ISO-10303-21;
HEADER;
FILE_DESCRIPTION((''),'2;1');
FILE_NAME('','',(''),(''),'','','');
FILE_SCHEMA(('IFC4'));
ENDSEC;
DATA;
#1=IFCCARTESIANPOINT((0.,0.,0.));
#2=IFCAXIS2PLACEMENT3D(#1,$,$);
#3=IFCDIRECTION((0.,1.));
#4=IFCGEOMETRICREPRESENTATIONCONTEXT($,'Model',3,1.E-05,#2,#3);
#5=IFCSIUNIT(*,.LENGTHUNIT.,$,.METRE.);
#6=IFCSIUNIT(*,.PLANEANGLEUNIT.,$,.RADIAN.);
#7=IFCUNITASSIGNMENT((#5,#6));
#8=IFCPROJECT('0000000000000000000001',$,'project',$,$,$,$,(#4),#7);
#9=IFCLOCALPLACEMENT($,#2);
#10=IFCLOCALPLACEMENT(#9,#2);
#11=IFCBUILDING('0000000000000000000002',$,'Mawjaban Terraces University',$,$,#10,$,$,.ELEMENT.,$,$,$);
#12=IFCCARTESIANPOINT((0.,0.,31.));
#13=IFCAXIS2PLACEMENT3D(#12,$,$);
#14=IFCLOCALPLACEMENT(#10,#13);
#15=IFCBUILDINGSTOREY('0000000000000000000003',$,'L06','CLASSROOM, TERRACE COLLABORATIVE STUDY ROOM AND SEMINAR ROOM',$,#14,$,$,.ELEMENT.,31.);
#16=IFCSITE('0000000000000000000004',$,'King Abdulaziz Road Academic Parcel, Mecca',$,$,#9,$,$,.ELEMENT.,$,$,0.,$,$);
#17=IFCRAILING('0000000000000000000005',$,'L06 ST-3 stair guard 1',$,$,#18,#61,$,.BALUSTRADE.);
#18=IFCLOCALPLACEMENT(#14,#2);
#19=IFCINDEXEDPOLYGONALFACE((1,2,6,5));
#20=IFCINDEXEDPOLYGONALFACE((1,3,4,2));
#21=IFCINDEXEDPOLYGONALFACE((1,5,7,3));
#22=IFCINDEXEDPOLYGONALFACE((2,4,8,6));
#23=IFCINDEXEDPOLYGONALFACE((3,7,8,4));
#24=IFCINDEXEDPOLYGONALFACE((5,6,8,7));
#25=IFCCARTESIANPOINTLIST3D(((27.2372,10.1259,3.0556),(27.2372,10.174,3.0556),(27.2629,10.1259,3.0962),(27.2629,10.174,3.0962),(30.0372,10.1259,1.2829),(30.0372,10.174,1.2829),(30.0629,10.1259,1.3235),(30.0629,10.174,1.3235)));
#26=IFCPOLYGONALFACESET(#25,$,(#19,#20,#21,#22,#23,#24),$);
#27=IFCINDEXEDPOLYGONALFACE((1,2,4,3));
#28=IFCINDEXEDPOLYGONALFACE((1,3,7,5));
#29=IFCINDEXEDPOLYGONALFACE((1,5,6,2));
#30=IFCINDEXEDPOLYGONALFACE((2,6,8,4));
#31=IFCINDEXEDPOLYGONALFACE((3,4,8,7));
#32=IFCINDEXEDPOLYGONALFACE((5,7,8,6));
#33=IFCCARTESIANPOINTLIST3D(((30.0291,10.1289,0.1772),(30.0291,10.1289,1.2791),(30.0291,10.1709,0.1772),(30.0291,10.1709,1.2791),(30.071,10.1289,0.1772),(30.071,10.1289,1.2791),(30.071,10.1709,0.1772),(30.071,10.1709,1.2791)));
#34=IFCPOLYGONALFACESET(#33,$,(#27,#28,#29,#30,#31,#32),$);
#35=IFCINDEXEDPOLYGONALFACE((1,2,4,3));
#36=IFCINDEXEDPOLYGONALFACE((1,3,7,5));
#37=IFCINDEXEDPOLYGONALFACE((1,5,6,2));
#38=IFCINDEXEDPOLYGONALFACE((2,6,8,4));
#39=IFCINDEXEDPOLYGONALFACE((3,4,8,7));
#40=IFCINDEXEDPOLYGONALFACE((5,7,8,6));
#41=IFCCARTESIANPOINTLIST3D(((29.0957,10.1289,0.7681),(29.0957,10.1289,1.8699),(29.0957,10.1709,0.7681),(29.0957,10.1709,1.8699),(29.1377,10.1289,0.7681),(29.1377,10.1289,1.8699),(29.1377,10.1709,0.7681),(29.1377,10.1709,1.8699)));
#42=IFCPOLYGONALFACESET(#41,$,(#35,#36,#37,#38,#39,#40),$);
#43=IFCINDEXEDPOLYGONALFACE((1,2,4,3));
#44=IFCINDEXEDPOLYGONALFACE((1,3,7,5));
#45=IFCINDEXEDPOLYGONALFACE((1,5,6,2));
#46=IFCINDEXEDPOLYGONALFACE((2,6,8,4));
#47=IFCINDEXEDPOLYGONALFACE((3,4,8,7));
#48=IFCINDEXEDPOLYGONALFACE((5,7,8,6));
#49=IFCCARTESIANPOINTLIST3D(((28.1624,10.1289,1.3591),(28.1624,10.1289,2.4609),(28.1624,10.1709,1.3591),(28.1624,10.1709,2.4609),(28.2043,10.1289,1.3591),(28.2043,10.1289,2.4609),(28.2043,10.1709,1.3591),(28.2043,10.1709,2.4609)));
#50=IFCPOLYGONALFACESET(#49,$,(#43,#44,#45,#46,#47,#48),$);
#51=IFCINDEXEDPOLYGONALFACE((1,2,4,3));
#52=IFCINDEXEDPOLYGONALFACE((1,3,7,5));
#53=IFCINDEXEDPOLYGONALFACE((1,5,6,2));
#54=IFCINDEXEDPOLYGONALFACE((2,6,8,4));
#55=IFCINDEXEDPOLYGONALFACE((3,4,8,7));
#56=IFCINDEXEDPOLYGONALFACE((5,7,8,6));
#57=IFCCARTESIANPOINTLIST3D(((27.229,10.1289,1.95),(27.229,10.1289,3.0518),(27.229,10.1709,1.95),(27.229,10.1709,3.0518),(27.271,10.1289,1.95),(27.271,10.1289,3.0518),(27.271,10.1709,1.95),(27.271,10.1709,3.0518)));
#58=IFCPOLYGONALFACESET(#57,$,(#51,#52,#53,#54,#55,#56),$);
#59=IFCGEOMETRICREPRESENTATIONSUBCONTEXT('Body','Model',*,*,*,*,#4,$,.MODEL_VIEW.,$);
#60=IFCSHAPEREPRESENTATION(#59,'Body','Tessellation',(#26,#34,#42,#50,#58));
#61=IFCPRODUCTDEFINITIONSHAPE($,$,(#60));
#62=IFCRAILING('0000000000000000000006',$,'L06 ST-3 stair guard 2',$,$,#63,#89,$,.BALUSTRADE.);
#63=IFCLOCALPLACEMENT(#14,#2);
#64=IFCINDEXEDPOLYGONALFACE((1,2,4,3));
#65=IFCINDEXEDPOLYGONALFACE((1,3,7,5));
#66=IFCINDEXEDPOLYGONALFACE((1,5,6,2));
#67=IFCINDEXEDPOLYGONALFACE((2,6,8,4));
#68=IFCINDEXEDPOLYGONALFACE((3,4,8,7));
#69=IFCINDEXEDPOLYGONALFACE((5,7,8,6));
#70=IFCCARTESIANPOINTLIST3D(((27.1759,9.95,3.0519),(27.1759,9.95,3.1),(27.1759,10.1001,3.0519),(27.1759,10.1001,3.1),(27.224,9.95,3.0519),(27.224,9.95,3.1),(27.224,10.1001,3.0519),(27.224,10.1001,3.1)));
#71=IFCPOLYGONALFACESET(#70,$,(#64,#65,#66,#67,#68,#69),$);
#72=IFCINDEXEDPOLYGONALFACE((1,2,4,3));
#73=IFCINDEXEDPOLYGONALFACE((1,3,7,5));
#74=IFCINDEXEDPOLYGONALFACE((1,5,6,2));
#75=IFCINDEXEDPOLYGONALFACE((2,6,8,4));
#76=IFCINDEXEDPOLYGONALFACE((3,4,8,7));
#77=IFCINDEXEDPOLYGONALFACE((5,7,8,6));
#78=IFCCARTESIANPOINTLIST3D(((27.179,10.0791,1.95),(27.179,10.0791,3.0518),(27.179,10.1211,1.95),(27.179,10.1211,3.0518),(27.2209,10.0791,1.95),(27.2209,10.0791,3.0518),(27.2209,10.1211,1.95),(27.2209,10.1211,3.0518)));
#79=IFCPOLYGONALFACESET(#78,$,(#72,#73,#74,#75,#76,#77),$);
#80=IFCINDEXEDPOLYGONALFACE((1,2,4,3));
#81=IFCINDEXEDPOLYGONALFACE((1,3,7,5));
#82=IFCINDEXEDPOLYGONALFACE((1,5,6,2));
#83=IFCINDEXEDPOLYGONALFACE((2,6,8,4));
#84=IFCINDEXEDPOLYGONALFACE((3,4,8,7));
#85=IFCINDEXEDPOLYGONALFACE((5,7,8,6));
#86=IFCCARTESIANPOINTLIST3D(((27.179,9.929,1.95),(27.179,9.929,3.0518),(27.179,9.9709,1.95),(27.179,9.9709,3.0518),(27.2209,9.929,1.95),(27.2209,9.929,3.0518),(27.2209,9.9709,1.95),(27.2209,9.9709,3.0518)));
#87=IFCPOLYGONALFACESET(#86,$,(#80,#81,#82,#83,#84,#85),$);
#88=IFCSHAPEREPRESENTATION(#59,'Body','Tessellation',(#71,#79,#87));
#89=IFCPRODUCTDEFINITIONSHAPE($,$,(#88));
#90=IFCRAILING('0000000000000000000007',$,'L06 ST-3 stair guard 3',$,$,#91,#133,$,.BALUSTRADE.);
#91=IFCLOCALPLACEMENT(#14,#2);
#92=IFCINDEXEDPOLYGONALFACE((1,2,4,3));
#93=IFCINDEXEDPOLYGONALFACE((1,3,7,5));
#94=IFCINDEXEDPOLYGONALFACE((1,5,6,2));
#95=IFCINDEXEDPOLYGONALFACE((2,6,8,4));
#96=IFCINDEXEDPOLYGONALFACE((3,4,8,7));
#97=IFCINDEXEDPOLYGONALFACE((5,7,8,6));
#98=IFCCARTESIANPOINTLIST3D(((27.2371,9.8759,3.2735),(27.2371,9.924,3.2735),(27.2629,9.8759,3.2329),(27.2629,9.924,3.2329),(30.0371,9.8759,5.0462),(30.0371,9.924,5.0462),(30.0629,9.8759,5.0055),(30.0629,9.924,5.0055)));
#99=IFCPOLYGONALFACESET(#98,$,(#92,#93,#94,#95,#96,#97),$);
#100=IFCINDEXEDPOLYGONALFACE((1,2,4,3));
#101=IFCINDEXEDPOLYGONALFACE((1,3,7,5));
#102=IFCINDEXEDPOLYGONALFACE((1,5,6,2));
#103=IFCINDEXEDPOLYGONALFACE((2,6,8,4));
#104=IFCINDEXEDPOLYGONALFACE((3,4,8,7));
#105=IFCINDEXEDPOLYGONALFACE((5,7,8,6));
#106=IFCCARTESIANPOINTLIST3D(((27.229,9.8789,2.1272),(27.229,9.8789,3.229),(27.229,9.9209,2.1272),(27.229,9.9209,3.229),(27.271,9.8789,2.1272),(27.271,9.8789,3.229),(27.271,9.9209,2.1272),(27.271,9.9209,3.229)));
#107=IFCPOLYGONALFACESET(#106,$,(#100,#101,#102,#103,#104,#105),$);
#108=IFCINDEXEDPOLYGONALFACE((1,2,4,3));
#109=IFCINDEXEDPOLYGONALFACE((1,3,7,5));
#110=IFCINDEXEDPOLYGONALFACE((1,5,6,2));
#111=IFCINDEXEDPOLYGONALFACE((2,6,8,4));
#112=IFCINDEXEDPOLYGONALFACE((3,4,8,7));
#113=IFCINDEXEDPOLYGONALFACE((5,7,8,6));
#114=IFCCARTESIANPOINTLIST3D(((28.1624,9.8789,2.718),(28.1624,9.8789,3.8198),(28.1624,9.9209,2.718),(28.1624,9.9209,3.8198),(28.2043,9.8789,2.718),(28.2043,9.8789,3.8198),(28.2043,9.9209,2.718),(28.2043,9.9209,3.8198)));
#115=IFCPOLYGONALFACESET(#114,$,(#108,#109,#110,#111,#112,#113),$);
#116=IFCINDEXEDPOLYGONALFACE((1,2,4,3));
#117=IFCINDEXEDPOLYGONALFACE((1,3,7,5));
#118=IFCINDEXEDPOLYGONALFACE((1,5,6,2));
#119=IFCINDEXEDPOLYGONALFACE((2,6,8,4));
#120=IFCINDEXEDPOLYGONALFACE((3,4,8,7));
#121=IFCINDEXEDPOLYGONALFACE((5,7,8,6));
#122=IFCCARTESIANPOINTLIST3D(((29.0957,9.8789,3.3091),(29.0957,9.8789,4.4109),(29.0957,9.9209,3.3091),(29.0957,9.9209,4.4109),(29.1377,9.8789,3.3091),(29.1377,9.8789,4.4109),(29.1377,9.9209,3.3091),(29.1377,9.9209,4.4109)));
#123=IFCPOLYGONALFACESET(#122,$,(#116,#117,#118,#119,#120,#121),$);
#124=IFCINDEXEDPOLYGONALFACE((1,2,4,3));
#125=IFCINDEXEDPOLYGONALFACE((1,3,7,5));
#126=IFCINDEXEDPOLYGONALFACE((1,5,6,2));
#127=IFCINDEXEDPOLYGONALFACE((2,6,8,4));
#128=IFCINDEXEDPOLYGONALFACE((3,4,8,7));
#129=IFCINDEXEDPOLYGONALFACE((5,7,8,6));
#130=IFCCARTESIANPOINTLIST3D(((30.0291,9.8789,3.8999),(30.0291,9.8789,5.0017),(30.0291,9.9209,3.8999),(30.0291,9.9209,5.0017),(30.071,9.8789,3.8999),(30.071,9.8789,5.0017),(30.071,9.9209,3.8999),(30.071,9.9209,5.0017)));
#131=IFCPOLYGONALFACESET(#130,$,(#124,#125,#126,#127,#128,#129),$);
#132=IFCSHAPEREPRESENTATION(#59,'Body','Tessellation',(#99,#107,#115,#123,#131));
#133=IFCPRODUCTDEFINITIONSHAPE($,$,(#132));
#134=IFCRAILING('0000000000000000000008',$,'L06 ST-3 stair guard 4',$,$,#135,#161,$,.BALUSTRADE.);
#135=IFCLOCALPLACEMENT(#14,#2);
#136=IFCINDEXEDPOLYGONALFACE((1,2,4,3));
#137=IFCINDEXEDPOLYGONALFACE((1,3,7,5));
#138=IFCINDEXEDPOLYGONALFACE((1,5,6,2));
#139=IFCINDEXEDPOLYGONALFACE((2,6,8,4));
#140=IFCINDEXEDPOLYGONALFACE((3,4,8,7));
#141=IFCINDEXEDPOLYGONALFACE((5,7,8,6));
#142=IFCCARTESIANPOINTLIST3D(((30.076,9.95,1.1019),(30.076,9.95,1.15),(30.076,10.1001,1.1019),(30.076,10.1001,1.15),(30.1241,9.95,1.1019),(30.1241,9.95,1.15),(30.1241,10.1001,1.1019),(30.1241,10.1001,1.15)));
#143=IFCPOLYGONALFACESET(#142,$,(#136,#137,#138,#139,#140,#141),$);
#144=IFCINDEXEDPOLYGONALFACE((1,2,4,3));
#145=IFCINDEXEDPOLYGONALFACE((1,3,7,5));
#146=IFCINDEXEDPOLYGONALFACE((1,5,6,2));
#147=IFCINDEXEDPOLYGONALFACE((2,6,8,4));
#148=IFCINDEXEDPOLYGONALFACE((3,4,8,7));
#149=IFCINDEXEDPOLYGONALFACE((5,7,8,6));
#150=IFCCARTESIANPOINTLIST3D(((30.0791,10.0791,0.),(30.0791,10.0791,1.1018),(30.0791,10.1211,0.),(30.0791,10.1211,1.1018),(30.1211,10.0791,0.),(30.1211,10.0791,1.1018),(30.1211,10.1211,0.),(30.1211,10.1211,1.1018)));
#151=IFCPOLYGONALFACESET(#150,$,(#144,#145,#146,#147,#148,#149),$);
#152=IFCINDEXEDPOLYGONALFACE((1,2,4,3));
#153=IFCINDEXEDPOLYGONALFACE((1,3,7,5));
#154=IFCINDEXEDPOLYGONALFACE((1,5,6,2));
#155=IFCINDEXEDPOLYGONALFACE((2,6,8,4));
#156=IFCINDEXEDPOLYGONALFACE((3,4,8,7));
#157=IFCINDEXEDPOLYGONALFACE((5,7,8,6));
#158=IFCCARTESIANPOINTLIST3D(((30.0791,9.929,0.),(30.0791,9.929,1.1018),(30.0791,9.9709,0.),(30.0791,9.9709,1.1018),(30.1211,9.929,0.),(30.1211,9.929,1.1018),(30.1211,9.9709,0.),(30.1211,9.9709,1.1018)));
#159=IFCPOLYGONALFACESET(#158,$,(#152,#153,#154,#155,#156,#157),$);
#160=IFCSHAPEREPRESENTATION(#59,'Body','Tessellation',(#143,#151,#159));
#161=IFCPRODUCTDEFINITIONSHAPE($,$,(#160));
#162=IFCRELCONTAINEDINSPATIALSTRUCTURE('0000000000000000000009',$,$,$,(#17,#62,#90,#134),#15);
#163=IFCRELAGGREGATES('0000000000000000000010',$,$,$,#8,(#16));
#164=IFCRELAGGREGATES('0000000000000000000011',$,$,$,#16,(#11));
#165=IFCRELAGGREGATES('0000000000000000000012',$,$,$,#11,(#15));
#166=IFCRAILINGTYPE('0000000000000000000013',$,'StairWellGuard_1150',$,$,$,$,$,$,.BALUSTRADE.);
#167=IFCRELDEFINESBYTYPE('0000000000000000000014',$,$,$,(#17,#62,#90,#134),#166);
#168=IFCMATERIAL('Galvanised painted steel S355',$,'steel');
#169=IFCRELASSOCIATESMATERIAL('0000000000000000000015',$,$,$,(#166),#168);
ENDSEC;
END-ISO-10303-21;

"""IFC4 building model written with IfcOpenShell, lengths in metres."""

from ifc_helpers import new_model, si_unit, direction, frame, origin, origin_2d, place, context, subcontext, project, spatial, rectangle, extrude, material, type_object, element, save


model = new_model("IFC4")

# Units and contexts
model_context = context("Model", 3, precision=1e-05, world=origin(), true_north=direction((0.0, 1.0)))
body_context = subcontext(model_context, "Body", "Model", "MODEL_VIEW")
ifc_project = project(units=[si_unit("LENGTHUNIT", "METRE"), si_unit("PLANEANGLEUNIT", "RADIAN")], contexts=[model_context])

# Site, building, storey
site_placement = place(None, origin())
site = spatial("IfcSite", under=ifc_project, at=site_placement, Name="King Abdulaziz Road Academic Parcel, Mecca", CompositionType="ELEMENT", RefElevation=0.0)
building_placement = place(site_placement, origin())
building = spatial("IfcBuilding", under=site, at=building_placement, Name="Mawjaban Terraces University", CompositionType="ELEMENT")
storey_placement = place(building_placement, frame((0.0, 0.0, 31.0)))
storey = spatial("IfcBuildingStorey", under=building, at=storey_placement, Name="L06", Description="CLASSROOM, TERRACE COLLABORATIVE STUDY ROOM AND SEMINAR ROOM", CompositionType="ELEMENT", Elevation=31.0)

# Railings
ifc_material_1 = material(Name="Galvanised painted steel S355", Category="steel")
railing_type_1 = type_object("IfcRailingType", Name="StairWellGuard_1150", PredefinedType="BALUSTRADE", material=ifc_material_1)
railing_1_placement = place(storey_placement, frame((30.05, 10.1499, 0.1772)))
element("IfcRailing", 1, at=railing_1_placement, inside=storey, type_object=railing_type_1, Name="L06 ST-3 stair guard 1", PredefinedType="BALUSTRADE", context=body_context, shape_type="SweptSolid", body=[
    extrude(rectangle(XDim=0.0481, YDim=0.0481, at=origin_2d()), frame((0.0, 0.0, 1.126), z_axis=(-0.844909, 0.0, 0.53491), x_axis=(0.0, -1.0, 0.0)), (0.0, 0.0, 1.0), 3.314),
    extrude(rectangle(XDim=0.042, YDim=0.042, at=origin_2d()), origin(), (0.0, 0.0, 1.0), 1.1018),
    extrude(rectangle(XDim=0.042, YDim=0.042, at=origin_2d()), frame((-0.9333, 0.0, 0.5908)), (0.0, 0.0, 1.0), 1.1018),
    extrude(rectangle(XDim=0.042, YDim=0.042, at=origin_2d()), frame((-1.8667, 0.0, 1.1819)), (0.0, 0.0, 1.0), 1.1018),
    extrude(rectangle(XDim=0.042, YDim=0.042, at=origin_2d()), frame((-2.8, 0.0, 1.7727)), (0.0, 0.0, 1.0), 1.1018),
])
railing_2_placement = place(storey_placement, frame((27.2, 10.1001, 1.95)))
element("IfcRailing", 2, at=railing_2_placement, inside=storey, type_object=railing_type_1, Name="L06 ST-3 stair guard 2", PredefinedType="BALUSTRADE", context=body_context, shape_type="SweptSolid", body=[
    extrude(rectangle(XDim=0.0481, YDim=0.0481, at=origin_2d()), frame((0.0, 0.0, 1.126), z_axis=(0.0, -1.0, 0.0), x_axis=(1.0, 0.0, 0.0)), (0.0, 0.0, 1.0), 0.1501),
    extrude(rectangle(XDim=0.042, YDim=0.042, at=origin_2d()), origin(), (0.0, 0.0, 1.0), 1.1018),
    extrude(rectangle(XDim=0.042, YDim=0.042, at=origin_2d()), frame((0.0, -0.1501, 0.0)), (0.0, 0.0, 1.0), 1.1018),
])
railing_3_placement = place(storey_placement, frame((27.25, 9.8999, 2.1272)))
element("IfcRailing", 3, at=railing_3_placement, inside=storey, type_object=railing_type_1, Name="L06 ST-3 stair guard 3", PredefinedType="BALUSTRADE", context=body_context, shape_type="SweptSolid", body=[
    extrude(rectangle(XDim=0.0481, YDim=0.0481, at=origin_2d()), frame((0.0, 0.0, 1.126), z_axis=(0.844909, 0.0, 0.53491), x_axis=(0.0, 1.0, 0.0)), (0.0, 0.0, 1.0), 3.314),
    extrude(rectangle(XDim=0.042, YDim=0.042, at=origin_2d()), origin(), (0.0, 0.0, 1.0), 1.1018),
    extrude(rectangle(XDim=0.042, YDim=0.042, at=origin_2d()), frame((0.9333, 0.0, 0.5908)), (0.0, 0.0, 1.0), 1.1018),
    extrude(rectangle(XDim=0.042, YDim=0.042, at=origin_2d()), frame((1.8667, 0.0, 1.1819)), (0.0, 0.0, 1.0), 1.1018),
    extrude(rectangle(XDim=0.042, YDim=0.042, at=origin_2d()), frame((2.8, 0.0, 1.7727)), (0.0, 0.0, 1.0), 1.1018),
])
railing_4_placement = place(storey_placement, frame((30.1001, 10.1001, 0.0)))
element("IfcRailing", 4, at=railing_4_placement, inside=storey, type_object=railing_type_1, Name="L06 ST-3 stair guard 4", PredefinedType="BALUSTRADE", context=body_context, shape_type="SweptSolid", body=[
    extrude(rectangle(XDim=0.0481, YDim=0.0481, at=origin_2d()), frame((0.0, 0.0, 1.126), z_axis=(0.0, -1.0, 0.0), x_axis=(1.0, 0.0, 0.0)), (0.0, 0.0, 1.0), 0.1501),
    extrude(rectangle(XDim=0.042, YDim=0.042, at=origin_2d()), origin(), (0.0, 0.0, 1.0), 1.1018),
    extrude(rectangle(XDim=0.042, YDim=0.042, at=origin_2d()), frame((0.0, -0.1501, 0.0)), (0.0, 0.0, 1.0), 1.1018),
])

save(model, "model.ifc")
